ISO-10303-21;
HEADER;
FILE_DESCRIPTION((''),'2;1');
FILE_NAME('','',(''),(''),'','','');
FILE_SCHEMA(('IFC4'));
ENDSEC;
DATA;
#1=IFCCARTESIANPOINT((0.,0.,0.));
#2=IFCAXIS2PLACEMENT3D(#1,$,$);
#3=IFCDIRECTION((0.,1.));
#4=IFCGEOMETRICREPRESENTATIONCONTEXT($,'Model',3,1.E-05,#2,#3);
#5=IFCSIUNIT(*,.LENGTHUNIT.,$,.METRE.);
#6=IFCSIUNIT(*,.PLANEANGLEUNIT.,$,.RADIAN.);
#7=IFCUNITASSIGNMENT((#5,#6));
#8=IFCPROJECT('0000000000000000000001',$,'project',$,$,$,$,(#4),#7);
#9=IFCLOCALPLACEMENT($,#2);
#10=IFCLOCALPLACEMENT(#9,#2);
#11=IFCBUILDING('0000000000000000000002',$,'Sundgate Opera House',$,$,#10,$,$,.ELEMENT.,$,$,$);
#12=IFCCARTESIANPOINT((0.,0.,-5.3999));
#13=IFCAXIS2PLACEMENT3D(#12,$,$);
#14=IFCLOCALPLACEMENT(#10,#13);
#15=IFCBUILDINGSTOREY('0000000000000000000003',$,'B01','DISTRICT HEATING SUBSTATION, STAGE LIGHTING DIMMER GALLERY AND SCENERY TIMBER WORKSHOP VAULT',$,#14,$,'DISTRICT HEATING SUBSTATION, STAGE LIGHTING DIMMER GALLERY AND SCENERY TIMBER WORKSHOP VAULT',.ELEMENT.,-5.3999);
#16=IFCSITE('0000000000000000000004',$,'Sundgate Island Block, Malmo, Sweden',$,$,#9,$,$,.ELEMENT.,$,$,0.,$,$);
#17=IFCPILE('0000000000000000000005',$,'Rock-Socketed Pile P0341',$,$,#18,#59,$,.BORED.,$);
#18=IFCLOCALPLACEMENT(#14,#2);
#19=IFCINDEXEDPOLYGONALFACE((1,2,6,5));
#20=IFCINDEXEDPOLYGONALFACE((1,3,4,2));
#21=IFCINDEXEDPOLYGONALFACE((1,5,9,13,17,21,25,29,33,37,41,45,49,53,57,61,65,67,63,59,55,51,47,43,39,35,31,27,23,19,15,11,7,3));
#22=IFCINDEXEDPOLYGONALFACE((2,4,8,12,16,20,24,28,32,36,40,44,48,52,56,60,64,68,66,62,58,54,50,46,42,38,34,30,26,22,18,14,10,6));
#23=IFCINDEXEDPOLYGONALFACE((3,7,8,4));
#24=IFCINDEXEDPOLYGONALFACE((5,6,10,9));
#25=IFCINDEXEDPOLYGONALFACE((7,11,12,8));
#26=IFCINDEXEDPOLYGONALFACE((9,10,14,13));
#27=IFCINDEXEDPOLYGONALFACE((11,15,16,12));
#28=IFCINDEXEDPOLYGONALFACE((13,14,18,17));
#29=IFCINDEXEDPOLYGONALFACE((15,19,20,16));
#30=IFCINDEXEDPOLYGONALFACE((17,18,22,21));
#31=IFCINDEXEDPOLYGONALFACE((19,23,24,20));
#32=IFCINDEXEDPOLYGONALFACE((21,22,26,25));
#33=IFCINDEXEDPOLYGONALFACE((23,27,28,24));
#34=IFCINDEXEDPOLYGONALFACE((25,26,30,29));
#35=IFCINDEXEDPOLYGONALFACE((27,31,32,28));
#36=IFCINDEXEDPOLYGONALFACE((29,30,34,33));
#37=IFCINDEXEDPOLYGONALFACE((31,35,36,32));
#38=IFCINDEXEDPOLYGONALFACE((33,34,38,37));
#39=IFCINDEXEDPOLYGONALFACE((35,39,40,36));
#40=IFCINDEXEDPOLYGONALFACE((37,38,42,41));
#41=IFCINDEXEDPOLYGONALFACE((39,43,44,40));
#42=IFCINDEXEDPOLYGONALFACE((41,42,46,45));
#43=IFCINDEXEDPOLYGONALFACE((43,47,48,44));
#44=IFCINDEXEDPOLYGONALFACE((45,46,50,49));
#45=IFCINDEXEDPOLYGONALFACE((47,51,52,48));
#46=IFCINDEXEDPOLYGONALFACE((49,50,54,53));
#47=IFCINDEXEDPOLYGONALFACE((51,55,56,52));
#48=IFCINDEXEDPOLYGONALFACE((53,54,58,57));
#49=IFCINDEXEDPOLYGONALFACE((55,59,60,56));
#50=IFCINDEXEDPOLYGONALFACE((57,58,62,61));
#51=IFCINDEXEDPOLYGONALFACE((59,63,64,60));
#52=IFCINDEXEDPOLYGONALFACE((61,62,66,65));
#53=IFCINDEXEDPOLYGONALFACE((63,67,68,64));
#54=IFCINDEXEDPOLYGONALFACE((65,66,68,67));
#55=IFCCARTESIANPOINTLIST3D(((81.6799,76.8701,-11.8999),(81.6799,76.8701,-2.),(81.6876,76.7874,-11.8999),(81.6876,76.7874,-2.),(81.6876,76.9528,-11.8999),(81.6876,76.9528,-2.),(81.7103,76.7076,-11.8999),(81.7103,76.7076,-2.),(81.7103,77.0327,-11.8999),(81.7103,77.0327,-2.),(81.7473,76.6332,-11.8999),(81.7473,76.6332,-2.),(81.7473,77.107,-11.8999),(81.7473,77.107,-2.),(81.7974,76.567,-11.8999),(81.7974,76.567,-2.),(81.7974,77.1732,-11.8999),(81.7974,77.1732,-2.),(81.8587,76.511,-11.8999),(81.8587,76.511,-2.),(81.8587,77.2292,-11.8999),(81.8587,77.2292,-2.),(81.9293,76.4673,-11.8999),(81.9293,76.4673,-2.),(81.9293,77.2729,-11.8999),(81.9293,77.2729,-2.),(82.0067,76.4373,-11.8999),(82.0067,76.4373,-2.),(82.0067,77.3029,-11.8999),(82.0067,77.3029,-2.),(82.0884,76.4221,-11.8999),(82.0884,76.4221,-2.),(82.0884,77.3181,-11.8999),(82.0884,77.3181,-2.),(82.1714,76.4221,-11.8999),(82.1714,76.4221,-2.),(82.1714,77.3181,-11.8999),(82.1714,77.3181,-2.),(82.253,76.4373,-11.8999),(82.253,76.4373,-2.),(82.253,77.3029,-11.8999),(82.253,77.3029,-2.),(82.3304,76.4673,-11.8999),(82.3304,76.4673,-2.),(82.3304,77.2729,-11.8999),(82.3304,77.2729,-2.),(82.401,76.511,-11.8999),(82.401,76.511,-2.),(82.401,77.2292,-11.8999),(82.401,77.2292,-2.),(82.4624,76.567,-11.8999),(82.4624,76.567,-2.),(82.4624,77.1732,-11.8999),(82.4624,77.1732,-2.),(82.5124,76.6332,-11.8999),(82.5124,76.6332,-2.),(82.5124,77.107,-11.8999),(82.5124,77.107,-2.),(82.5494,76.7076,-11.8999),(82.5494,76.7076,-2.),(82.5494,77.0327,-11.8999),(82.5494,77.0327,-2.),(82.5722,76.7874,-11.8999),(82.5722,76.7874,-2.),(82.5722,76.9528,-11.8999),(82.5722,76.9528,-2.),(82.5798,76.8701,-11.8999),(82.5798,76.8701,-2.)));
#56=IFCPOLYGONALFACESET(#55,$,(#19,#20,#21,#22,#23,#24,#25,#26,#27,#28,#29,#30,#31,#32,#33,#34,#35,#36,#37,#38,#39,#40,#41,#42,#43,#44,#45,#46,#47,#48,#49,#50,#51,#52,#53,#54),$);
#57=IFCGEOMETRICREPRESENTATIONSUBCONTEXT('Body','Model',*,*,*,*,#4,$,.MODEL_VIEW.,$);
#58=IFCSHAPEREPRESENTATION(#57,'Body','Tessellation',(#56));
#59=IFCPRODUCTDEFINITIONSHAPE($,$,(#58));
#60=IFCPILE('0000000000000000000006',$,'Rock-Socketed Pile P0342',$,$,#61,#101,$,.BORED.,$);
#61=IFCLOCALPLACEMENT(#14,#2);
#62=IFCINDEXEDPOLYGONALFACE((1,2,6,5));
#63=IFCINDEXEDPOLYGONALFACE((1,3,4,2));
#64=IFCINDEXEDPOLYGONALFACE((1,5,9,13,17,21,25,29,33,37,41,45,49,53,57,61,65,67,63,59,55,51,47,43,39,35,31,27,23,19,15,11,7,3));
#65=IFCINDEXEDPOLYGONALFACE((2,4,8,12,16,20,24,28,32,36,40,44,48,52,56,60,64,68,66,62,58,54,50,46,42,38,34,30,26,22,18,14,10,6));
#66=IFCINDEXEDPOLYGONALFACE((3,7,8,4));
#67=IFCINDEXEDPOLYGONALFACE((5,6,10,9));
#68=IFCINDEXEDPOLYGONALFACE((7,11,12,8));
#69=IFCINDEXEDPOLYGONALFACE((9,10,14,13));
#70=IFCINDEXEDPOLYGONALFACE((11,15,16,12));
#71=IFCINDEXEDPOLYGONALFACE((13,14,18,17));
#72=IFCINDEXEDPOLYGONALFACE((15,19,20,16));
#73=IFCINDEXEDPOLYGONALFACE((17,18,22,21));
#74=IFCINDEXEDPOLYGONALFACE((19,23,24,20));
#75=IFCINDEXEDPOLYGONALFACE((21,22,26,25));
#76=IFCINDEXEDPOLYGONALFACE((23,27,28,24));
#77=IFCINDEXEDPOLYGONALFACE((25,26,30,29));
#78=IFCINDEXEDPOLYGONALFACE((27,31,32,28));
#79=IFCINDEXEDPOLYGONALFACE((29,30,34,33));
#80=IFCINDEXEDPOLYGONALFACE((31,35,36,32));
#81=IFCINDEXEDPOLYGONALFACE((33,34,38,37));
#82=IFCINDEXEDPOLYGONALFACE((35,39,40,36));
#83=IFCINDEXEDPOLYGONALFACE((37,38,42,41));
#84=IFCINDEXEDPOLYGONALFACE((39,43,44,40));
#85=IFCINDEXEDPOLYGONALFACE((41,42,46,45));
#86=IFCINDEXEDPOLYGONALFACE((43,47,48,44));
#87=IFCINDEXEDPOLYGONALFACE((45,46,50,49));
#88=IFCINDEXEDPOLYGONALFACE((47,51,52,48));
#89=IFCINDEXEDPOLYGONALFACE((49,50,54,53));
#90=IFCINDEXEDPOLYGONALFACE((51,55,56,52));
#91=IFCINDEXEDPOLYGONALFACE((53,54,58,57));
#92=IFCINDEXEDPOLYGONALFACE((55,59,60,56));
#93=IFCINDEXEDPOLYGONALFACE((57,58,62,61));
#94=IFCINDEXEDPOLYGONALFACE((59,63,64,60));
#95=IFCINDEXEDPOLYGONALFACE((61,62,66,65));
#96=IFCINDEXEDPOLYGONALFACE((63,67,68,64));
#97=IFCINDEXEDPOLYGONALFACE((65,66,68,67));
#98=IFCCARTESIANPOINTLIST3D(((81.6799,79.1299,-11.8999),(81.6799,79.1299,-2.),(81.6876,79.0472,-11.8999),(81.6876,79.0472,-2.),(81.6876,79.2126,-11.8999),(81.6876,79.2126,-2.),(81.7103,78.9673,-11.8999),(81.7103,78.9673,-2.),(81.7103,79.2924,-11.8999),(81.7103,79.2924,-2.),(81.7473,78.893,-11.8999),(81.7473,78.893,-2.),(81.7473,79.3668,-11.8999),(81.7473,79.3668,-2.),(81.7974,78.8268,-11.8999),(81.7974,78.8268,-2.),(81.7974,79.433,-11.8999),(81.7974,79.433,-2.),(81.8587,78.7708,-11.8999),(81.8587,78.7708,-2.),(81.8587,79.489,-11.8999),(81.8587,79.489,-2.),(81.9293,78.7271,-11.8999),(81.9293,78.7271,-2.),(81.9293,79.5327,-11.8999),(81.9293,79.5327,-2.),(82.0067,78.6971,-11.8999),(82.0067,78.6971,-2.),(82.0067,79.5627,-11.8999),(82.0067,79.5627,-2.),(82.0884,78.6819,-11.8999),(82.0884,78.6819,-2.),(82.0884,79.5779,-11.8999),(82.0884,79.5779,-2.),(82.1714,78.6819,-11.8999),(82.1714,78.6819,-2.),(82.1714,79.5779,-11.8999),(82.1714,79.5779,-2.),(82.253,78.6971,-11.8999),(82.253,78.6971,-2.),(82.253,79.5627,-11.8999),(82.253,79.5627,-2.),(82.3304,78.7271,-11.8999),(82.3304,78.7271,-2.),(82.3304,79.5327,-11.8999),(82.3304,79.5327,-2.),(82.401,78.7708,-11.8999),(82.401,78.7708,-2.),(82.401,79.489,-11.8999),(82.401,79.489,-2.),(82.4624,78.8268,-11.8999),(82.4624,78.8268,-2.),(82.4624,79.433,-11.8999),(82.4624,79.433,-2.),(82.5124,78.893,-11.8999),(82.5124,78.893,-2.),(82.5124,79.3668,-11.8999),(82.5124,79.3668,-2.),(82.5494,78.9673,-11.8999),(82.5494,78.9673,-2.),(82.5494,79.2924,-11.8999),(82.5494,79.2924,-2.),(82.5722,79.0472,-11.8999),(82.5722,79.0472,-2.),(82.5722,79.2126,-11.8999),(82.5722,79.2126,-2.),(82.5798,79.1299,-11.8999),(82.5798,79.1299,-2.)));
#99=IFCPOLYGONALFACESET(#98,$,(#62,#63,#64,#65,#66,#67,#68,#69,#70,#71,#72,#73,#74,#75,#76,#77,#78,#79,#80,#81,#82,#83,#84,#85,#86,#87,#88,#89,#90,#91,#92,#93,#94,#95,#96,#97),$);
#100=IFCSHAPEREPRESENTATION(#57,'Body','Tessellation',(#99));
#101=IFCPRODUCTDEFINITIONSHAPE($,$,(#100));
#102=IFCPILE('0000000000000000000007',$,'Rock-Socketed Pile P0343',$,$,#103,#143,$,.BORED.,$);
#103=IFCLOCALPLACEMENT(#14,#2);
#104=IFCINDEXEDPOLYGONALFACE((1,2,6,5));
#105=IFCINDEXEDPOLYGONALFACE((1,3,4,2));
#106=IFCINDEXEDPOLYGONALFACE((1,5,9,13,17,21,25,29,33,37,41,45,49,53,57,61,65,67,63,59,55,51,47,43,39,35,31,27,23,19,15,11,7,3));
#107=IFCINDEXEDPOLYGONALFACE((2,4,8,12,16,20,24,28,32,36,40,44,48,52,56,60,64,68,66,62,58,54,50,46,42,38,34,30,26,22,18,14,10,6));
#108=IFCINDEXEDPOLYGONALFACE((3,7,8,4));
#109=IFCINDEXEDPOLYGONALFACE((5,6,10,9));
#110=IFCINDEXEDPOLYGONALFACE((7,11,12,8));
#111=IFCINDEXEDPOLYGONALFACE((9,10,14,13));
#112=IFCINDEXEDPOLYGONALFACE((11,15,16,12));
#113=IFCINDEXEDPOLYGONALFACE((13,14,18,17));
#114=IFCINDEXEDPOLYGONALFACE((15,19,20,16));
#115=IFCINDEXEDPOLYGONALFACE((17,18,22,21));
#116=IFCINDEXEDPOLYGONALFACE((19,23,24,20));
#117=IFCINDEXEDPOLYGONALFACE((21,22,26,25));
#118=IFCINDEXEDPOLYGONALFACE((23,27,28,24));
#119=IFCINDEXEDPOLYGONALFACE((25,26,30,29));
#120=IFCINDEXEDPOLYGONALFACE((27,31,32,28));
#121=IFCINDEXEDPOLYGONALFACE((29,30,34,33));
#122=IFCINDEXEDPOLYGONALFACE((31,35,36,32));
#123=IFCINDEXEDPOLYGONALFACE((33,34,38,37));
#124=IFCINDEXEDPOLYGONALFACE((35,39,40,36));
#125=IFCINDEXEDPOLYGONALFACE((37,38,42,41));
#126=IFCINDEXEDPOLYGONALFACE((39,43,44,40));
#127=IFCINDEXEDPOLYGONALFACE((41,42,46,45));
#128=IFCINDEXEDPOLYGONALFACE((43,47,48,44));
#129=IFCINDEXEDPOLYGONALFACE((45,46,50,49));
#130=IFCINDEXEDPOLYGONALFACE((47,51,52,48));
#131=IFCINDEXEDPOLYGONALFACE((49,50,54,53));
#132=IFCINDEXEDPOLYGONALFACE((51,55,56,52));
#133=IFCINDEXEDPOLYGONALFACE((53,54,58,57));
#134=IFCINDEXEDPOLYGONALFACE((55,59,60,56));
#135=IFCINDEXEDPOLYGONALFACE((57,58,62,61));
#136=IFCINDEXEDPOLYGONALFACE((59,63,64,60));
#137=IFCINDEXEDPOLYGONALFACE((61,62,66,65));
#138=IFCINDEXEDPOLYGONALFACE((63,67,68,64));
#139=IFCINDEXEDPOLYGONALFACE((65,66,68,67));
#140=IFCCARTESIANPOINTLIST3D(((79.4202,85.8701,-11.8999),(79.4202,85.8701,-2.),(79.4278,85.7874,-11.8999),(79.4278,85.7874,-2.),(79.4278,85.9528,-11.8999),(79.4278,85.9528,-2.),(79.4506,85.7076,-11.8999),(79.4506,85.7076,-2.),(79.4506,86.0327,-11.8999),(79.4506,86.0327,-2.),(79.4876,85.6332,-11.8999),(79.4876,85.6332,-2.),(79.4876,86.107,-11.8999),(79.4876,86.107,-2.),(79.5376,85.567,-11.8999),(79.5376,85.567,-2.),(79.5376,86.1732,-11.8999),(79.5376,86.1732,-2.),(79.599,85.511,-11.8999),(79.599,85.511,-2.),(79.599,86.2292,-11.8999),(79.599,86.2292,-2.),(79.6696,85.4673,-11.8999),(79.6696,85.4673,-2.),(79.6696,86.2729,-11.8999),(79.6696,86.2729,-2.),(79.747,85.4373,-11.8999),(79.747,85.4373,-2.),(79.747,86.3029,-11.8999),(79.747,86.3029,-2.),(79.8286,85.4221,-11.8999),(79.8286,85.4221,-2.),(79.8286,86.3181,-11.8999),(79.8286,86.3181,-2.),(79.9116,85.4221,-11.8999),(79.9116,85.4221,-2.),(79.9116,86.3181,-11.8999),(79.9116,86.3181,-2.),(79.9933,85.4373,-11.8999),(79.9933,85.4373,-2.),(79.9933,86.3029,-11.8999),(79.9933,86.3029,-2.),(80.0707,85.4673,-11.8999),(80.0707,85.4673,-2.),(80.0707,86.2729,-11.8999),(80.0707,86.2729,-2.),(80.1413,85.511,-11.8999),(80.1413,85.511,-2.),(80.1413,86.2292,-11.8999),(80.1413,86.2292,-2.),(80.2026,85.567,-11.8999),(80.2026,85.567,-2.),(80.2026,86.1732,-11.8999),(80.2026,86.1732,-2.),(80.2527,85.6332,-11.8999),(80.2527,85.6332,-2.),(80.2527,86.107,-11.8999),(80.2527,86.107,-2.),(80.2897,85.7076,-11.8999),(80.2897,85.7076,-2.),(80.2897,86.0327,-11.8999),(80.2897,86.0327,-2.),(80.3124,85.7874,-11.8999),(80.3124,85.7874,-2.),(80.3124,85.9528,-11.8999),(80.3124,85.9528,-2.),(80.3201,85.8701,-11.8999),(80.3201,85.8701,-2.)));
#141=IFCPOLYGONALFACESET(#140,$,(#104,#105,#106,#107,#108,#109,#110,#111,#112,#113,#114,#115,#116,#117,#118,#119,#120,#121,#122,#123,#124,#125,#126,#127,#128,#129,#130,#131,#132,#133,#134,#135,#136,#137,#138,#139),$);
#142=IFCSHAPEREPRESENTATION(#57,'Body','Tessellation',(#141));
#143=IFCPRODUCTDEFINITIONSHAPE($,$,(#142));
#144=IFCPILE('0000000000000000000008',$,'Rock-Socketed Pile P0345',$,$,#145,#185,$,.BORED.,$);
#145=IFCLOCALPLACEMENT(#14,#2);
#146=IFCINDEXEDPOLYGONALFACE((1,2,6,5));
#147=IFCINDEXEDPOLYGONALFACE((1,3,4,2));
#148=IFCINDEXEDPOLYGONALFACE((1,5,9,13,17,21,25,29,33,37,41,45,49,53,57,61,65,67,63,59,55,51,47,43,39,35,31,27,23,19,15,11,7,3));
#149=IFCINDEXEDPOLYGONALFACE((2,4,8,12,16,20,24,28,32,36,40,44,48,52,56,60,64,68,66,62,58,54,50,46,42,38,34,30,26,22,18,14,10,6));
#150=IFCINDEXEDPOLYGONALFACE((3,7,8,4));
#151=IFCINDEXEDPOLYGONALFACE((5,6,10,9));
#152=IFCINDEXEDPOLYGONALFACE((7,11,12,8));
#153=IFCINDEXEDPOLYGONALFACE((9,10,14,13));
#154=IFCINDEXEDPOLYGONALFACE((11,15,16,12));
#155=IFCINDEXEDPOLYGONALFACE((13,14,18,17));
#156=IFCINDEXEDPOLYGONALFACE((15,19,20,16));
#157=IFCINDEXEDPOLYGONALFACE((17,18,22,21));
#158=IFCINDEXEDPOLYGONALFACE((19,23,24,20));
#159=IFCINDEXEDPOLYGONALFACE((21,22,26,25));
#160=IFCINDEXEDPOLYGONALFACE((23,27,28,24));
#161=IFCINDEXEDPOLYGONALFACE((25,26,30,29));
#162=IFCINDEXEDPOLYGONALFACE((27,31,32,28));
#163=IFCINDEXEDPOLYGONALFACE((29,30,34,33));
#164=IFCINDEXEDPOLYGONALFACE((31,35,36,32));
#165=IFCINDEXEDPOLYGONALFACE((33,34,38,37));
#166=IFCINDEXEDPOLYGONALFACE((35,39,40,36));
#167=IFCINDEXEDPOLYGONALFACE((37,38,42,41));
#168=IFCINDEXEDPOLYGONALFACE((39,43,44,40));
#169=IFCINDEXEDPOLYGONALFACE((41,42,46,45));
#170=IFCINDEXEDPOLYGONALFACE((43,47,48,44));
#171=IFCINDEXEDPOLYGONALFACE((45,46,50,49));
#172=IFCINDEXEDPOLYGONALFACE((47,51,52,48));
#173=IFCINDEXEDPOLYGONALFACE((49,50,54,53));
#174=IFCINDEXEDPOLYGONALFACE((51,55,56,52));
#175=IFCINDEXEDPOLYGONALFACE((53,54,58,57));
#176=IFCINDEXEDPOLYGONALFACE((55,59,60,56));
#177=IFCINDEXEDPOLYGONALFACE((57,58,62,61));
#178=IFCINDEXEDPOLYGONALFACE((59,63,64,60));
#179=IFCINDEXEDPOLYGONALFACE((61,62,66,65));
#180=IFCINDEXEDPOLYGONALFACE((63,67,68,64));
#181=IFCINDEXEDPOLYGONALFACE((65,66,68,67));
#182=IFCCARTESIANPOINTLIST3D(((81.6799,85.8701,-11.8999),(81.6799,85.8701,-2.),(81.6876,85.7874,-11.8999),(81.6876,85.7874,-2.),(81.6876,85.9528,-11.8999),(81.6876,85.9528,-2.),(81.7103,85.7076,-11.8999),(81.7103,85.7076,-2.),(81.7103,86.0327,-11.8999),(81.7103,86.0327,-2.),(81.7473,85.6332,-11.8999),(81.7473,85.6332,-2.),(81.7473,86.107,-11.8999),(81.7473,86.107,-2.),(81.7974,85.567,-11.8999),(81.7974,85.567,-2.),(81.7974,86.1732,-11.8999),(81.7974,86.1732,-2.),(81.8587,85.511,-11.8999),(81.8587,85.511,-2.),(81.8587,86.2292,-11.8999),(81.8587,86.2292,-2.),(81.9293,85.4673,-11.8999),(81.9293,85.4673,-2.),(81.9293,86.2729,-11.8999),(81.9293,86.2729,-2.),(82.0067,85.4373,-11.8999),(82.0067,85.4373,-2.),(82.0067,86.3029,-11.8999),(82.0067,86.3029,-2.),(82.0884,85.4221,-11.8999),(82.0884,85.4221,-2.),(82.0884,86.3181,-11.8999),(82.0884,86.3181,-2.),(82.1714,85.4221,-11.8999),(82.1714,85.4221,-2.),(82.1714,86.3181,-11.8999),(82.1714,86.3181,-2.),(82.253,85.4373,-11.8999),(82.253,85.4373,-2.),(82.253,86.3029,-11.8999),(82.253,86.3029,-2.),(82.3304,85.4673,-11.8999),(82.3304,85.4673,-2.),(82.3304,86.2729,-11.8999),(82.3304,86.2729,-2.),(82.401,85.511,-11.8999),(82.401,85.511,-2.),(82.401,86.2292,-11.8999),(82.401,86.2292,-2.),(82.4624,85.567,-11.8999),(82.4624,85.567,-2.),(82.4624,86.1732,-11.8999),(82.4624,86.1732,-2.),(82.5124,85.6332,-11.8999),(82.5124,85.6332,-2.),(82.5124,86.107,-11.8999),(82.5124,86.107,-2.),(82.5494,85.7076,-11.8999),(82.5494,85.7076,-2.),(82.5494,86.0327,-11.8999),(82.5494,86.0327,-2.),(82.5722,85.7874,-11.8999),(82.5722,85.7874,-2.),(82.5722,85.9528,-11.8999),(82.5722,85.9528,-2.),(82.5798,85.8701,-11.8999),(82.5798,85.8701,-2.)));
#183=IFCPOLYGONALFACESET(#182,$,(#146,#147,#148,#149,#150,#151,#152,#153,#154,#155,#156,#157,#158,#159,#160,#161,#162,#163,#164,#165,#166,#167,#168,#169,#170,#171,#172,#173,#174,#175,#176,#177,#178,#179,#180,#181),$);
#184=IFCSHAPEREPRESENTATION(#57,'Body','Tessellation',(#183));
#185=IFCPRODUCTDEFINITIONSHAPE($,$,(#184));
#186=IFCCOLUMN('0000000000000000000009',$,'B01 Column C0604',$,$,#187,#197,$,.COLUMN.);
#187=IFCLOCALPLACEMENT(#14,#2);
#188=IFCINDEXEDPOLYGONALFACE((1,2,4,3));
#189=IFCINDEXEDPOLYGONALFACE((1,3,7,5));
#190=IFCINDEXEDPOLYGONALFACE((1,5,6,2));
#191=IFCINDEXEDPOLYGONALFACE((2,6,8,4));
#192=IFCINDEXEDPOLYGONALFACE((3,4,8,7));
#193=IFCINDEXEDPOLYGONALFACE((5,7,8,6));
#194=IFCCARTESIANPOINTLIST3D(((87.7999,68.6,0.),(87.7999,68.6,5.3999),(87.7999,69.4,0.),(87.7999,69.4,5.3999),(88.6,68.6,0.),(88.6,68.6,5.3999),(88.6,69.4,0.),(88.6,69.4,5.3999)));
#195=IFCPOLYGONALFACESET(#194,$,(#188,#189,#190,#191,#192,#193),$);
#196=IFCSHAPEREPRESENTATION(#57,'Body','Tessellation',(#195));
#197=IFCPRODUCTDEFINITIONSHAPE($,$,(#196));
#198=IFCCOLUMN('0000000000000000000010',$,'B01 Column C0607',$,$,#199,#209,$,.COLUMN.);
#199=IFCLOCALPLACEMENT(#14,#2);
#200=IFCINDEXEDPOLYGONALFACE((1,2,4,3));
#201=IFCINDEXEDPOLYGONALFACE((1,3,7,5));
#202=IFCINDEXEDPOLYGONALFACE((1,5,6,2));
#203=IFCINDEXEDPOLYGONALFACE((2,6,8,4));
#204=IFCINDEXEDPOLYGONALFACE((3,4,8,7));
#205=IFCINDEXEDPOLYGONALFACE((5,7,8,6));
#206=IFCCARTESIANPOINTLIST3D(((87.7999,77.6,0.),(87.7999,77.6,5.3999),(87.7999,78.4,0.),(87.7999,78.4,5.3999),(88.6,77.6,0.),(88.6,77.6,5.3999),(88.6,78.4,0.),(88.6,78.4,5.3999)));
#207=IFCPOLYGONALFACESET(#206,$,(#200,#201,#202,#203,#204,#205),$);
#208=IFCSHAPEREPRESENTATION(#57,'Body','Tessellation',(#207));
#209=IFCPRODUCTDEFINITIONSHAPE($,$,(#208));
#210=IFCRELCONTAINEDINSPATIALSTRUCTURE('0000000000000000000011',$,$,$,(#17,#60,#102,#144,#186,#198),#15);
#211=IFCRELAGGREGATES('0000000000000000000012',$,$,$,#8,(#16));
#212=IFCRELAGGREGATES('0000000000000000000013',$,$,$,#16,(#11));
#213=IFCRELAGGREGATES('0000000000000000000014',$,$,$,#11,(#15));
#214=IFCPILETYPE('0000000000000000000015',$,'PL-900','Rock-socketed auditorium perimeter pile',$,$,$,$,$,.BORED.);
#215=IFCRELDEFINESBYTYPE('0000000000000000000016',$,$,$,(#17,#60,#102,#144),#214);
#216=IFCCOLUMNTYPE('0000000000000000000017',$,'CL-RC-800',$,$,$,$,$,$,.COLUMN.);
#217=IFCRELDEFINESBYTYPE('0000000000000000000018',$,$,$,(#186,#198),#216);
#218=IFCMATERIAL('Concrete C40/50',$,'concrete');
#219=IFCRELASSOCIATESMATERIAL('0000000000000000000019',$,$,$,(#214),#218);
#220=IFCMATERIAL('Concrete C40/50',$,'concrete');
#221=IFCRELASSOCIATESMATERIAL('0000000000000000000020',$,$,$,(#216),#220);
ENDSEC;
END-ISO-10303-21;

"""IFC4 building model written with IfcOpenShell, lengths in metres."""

from ifc_helpers import new_model, si_unit, direction, frame, origin, origin_2d, place, context, subcontext, project, spatial, rectangle, circle, extrude, material, material_profile, profile_set, type_object, element, save


model = new_model("IFC4")

# Units and contexts
model_context = context("Model", 3, precision=1e-05, world=origin(), true_north=direction((0.0, 1.0)))
body_context = subcontext(model_context, "Body", "Model", "MODEL_VIEW")
ifc_project = project(units=[si_unit("LENGTHUNIT", "METRE"), si_unit("PLANEANGLEUNIT", "RADIAN")], contexts=[model_context])

# Site, building, storey
site_placement = place(None, origin())
site = spatial("IfcSite", under=ifc_project, at=site_placement, Name="Sundgate Island Block, Malmo, Sweden", CompositionType="ELEMENT", RefElevation=0.0)
building_placement = place(site_placement, origin())
building = spatial("IfcBuilding", under=site, at=building_placement, Name="Sundgate Opera House", CompositionType="ELEMENT")
storey_placement = place(building_placement, frame((0.0, 0.0, -5.3999)))
storey = spatial("IfcBuildingStorey", under=building, at=storey_placement, Name="B01", Description="DISTRICT HEATING SUBSTATION, STAGE LIGHTING DIMMER GALLERY AND SCENERY TIMBER WORKSHOP VAULT", LongName="DISTRICT HEATING SUBSTATION, STAGE LIGHTING DIMMER GALLERY AND SCENERY TIMBER WORKSHOP VAULT", CompositionType="ELEMENT", Elevation=-5.3999)

# Piles
ifc_material_1 = material(Name="Concrete C40/50", Category="concrete")
ifc_material_profile_1 = material_profile(ifc_material_1, circle(Radius=0.45, at=origin_2d()), Name="PILE D900")
ifc_profile_set_1 = profile_set([ifc_material_profile_1], Name="Concrete C40/50")
pile_type_1 = type_object("IfcPileType", Name="PL-900", Description="Rock-socketed auditorium perimeter pile", PredefinedType="BORED", material=ifc_profile_set_1)
for number, where, z_axis, x_axis, name in (
    (1, (82.1299, 76.8701, -2.0), (0.0, 0.0, -1.0), (1.0, 0.0, 0.0), "Rock-Socketed Pile P0341"),
    (2, (82.1299, 79.1299, -2.0), (0.0, 0.0, -1.0), (1.0, 0.0, 0.0), "Rock-Socketed Pile P0342"),
    (3, (79.8701, 85.8701, -2.0), (0.0, 0.0, -1.0), (1.0, 0.0, 0.0), "Rock-Socketed Pile P0343"),
    (4, (82.1299, 85.8701, -2.0), (0.0, 0.0, -1.0), (1.0, 0.0, 0.0), "Rock-Socketed Pile P0345"),
):
    element("IfcPile", number, at=place(storey_placement, frame(where, z_axis=z_axis, x_axis=x_axis)), inside=storey, type_object=pile_type_1, Name=name, PredefinedType="BORED", context=body_context, shape_type="SweptSolid", body=[
        extrude(circle(Radius=0.45, at=origin_2d()), origin(), (0.0, 0.0, 1.0), 9.8999),
    ])

# Columns
ifc_material_2 = material(Name="Concrete C40/50", Category="concrete")
ifc_material_profile_2 = material_profile(ifc_material_2, rectangle(XDim=0.8, YDim=0.8, at=origin_2d()), Name="RC 800x800")
ifc_profile_set_2 = profile_set([ifc_material_profile_2], Name="Concrete C40/50")
column_type_1 = type_object("IfcColumnType", Name="CL-RC-800", PredefinedType="COLUMN", material=ifc_profile_set_2)
for number, where, z_axis, x_axis, name in (
    (5, (88.2, 69.0, 0.0), (0.0, 0.0, 1.0), (1.0, 0.0, 0.0), "B01 Column C0604"),
    (6, (88.2, 78.0, 0.0), (0.0, 0.0, 1.0), (1.0, 0.0, 0.0), "B01 Column C0607"),
):
    element("IfcColumn", number, at=place(storey_placement, frame(where, z_axis=z_axis, x_axis=x_axis)), inside=storey, type_object=column_type_1, Name=name, PredefinedType="COLUMN", context=body_context, shape_type="SweptSolid", body=[
        extrude(rectangle(XDim=0.8, YDim=0.8, at=origin_2d()), origin(), (0.0, 0.0, 1.0), 5.3999),
    ])

save(model, "model.ifc")
